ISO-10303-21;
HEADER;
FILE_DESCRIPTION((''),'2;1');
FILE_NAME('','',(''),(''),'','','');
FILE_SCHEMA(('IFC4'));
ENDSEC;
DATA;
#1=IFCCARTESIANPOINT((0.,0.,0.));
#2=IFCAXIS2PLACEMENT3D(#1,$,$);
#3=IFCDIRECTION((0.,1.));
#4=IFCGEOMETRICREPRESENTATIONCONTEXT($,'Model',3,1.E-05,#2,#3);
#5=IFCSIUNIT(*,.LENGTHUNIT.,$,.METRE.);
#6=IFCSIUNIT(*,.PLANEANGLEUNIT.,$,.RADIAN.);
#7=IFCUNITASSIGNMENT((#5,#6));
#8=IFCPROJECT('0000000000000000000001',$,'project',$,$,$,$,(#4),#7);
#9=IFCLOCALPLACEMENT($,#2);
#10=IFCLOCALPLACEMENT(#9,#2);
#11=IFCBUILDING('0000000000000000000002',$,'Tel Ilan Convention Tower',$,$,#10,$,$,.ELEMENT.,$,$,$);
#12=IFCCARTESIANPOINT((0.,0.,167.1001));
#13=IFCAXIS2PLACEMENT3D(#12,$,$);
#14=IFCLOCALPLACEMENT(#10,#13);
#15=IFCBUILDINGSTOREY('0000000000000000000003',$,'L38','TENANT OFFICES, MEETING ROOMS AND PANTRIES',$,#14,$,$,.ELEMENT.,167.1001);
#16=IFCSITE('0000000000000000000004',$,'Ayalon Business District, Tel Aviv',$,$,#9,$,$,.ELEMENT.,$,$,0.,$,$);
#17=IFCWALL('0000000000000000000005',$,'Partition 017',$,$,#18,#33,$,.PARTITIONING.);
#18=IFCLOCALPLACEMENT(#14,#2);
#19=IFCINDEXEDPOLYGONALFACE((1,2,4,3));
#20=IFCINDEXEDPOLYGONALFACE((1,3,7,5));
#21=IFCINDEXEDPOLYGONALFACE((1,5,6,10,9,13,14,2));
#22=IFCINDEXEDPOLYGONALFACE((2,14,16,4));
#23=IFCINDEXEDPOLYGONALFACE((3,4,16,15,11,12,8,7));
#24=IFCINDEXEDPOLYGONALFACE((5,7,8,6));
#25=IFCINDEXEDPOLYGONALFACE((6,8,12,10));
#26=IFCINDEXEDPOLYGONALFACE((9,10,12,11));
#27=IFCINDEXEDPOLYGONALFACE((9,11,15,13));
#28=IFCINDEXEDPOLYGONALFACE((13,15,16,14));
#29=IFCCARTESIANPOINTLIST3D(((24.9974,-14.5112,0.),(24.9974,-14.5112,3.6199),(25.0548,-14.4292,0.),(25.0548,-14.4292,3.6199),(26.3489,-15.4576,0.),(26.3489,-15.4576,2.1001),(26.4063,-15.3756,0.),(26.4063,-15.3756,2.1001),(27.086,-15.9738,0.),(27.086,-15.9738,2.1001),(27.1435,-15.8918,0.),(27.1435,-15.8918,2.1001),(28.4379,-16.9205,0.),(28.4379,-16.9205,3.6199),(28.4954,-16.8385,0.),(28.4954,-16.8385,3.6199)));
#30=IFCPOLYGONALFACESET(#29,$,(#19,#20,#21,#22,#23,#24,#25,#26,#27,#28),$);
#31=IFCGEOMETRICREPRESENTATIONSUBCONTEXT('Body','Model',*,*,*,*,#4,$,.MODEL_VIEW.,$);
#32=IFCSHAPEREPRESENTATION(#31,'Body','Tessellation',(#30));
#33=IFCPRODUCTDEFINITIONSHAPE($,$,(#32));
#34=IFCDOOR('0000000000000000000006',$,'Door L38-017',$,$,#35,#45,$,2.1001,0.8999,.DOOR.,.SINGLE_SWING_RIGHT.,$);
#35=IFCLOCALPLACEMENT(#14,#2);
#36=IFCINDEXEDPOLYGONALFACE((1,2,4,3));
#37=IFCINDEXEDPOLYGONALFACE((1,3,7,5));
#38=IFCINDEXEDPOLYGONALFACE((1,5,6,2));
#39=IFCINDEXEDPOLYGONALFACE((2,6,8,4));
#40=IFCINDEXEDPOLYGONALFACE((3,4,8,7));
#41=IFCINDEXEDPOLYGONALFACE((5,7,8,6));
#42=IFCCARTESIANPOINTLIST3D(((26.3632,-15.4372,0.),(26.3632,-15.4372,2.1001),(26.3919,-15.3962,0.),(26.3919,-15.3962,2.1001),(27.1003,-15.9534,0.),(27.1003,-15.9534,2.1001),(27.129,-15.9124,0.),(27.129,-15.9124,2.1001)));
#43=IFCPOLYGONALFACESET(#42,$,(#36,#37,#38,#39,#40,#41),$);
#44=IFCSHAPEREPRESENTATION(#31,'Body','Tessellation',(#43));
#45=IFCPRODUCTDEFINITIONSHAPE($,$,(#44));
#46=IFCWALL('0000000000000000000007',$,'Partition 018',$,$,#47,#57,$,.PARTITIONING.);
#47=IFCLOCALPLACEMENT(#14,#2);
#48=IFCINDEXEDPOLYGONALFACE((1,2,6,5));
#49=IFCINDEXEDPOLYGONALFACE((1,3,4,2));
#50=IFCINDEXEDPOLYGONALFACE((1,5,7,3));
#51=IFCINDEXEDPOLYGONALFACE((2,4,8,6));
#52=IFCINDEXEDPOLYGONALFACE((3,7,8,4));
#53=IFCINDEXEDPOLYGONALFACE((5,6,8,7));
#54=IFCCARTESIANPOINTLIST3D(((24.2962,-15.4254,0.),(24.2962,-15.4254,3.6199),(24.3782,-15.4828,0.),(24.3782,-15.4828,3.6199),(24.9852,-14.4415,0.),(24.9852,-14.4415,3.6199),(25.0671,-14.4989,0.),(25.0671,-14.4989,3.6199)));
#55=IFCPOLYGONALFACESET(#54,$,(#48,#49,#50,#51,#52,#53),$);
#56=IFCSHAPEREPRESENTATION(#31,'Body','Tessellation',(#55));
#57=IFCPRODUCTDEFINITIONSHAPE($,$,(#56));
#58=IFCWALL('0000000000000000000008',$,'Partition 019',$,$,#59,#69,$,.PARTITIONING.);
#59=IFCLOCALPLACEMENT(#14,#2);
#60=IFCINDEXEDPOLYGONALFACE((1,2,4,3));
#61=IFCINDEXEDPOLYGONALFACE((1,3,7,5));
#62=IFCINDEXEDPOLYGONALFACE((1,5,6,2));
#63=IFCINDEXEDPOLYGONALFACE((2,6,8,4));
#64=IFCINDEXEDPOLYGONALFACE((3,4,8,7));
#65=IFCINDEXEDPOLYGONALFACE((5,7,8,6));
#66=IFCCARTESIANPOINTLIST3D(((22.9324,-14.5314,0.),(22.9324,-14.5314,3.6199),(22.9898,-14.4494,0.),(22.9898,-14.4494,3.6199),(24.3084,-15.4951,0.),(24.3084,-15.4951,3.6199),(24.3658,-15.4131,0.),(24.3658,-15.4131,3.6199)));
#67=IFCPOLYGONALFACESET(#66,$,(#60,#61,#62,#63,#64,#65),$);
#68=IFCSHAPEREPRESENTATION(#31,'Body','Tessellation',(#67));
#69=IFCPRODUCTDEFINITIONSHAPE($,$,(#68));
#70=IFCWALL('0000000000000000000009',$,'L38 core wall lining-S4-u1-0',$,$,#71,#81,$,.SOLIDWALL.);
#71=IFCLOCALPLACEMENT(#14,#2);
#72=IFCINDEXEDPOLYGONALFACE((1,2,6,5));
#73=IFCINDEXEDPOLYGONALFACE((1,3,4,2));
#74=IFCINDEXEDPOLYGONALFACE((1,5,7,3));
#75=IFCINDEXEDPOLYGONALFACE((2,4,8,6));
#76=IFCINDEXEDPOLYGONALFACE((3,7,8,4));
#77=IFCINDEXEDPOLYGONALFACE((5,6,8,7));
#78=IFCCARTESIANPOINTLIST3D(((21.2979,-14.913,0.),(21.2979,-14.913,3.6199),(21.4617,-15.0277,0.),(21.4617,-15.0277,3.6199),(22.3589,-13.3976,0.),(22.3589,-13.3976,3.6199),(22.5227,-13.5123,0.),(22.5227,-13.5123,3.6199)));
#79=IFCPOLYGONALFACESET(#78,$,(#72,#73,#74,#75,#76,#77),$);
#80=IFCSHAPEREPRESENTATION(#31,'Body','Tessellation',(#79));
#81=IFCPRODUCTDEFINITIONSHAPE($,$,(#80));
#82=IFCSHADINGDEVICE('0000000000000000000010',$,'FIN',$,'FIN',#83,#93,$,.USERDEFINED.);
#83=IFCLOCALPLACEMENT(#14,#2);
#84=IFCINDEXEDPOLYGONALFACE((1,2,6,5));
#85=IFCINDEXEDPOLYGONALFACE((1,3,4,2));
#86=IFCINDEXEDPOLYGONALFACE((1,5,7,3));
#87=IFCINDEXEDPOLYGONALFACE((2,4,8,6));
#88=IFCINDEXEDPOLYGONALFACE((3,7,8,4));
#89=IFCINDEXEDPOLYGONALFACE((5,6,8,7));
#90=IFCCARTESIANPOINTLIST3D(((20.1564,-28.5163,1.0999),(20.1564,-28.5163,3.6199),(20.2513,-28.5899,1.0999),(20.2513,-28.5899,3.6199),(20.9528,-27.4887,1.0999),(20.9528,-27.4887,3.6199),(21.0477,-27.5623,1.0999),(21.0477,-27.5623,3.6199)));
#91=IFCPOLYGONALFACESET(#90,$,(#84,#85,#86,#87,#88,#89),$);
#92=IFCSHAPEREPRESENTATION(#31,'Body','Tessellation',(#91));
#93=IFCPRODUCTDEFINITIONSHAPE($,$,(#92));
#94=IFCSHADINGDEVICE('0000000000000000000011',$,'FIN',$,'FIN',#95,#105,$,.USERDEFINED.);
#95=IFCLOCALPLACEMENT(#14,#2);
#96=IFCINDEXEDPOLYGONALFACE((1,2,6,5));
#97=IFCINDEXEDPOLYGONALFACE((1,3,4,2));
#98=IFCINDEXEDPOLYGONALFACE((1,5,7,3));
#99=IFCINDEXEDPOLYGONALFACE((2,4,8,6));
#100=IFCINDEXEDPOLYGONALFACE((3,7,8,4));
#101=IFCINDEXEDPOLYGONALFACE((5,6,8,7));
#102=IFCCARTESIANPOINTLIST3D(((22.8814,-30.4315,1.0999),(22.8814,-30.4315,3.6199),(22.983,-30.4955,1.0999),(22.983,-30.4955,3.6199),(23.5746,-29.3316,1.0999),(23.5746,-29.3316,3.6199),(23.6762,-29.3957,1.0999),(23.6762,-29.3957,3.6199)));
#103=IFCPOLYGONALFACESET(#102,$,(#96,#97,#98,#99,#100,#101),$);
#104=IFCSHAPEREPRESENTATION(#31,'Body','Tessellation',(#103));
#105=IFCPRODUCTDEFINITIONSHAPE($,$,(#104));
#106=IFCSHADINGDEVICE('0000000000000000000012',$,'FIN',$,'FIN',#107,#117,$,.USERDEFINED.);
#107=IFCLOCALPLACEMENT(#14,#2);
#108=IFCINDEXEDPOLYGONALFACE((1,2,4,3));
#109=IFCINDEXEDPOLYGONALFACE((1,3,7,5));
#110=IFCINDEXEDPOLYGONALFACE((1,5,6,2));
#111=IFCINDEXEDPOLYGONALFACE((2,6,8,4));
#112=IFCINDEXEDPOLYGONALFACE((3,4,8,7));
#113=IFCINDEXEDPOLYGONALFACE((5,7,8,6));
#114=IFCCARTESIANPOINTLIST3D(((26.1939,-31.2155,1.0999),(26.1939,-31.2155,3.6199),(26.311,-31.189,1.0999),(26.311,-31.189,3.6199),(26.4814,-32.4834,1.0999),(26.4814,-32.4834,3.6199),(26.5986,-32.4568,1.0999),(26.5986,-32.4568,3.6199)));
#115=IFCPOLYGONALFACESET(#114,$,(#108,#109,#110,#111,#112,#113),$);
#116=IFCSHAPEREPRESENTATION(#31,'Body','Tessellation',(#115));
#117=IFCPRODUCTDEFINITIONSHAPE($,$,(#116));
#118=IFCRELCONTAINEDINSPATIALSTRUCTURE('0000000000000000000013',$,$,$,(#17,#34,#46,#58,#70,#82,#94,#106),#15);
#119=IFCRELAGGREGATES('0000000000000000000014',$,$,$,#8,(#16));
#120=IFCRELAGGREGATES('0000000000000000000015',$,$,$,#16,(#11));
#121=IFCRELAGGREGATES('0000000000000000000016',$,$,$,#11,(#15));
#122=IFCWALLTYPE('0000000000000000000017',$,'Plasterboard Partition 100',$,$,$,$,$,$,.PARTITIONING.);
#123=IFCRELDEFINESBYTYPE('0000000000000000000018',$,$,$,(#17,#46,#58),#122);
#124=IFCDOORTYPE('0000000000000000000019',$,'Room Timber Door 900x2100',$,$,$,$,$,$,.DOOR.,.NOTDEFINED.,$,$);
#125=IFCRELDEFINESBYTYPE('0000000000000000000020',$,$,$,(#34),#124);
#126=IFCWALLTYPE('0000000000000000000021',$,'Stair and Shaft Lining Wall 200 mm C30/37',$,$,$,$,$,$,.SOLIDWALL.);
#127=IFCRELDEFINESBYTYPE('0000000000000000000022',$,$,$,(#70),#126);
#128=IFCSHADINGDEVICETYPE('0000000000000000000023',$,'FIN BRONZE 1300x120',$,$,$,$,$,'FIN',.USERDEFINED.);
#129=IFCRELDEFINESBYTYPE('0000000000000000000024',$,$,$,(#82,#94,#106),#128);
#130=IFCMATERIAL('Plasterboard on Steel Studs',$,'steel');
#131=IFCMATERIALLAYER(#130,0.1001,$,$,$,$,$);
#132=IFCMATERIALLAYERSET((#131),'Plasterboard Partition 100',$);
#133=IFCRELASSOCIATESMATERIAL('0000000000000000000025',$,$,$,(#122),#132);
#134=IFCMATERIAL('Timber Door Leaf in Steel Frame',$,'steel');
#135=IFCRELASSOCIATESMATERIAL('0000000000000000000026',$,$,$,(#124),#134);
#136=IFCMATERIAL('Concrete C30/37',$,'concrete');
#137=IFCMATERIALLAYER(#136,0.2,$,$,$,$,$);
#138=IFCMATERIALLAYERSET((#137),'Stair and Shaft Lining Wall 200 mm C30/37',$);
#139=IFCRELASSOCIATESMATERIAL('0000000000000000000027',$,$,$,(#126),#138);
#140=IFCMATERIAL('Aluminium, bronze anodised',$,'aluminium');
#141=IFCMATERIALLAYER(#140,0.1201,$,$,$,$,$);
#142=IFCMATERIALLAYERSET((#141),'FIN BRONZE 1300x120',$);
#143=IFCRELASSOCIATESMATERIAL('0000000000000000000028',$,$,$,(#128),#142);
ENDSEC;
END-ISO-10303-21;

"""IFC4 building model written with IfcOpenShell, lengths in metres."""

from ifc_helpers import new_model, si_unit, direction, frame, frame_2d, origin, origin_2d, place, context, subcontext, project, spatial, rectangle, extrude, material, layer, layer_set, type_object, element, fill, save


model = new_model("IFC4")

# Units and contexts
model_context = context("Model", 3, precision=1e-05, world=origin(), true_north=direction((0.0, 1.0)))
body_context = subcontext(model_context, "Body", "Model", "MODEL_VIEW")
ifc_project = project(units=[si_unit("LENGTHUNIT", "METRE"), si_unit("PLANEANGLEUNIT", "RADIAN")], contexts=[model_context])

# Site, building, storey
site_placement = place(None, origin())
site = spatial("IfcSite", under=ifc_project, at=site_placement, Name="Ayalon Business District, Tel Aviv", CompositionType="ELEMENT", RefElevation=0.0)
building_placement = place(site_placement, origin())
building = spatial("IfcBuilding", under=site, at=building_placement, Name="Tel Ilan Convention Tower", CompositionType="ELEMENT")
storey_placement = place(building_placement, frame((0.0, 0.0, 167.1001)))
storey = spatial("IfcBuildingStorey", under=building, at=storey_placement, Name="L38", Description="TENANT OFFICES, MEETING ROOMS AND PANTRIES", CompositionType="ELEMENT", Elevation=167.1001)

# Wall, opening, door
ifc_material_1 = material(Name="Plasterboard on Steel Studs", Category="steel")
ifc_layer_1 = layer(ifc_material_1, 0.1001)
ifc_layer_set_1 = layer_set([ifc_layer_1], Name="Plasterboard Partition 100")
wall_type_1 = type_object("IfcWallType", Name="Plasterboard Partition 100", PredefinedType="PARTITIONING", material=ifc_layer_set_1)
wall_1_placement = place(storey_placement, frame((25.0261, -14.4702, 0.0), z_axis=(0.0, 0.0, 1.0), x_axis=(0.819134, -0.573603, 0.0)))
wall_1 = element("IfcWall", 1, at=wall_1_placement, inside=storey, type_object=wall_type_1, Name="Partition 017", PredefinedType="PARTITIONING", context=body_context, shape_type="SweptSolid", body=[
    extrude(rectangle(XDim=4.2002, YDim=0.1001, at=frame_2d((2.1001, 0.0))), origin(), (0.0, 0.0, 1.0), 3.6199),
])
opening_1_placement = place(wall_1_placement, frame((1.6499, 0.0, 0.0)))
opening_1 = element("IfcOpeningElement", 2, at=opening_1_placement, cuts=wall_1, PredefinedType="OPENING", context=body_context, shape_type="SweptSolid", body=[
    extrude(rectangle(XDim=0.8999, YDim=2.1001, at=frame_2d((0.45, 1.05))), frame((0.0, 0.0601, 0.0), z_axis=(0.0, -1.0, 0.0), x_axis=(1.0, 0.0, 0.0)), (0.0, 0.0, 1.0), 0.1201),
])
ifc_material_2 = material(Name="Timber Door Leaf in Steel Frame", Category="steel")
door_type_1 = type_object("IfcDoorType", Name="Room Timber Door 900x2100", OperationType="NOTDEFINED", PredefinedType="DOOR", material=ifc_material_2)
door_1_placement = place(opening_1_placement, origin())
door_1 = element("IfcDoor", 3, at=door_1_placement, inside=storey, type_object=door_type_1, Name="Door L38-017", OperationType="SINGLE_SWING_RIGHT", OverallHeight=2.1001, OverallWidth=0.8999, PredefinedType="DOOR", context=body_context, shape_type="SweptSolid", body=[
    extrude(rectangle(XDim=0.8999, YDim=2.1001, at=frame_2d((0.45, 1.05))), frame((0.0, 0.0249, 0.0), z_axis=(0.0, -1.0, 0.0), x_axis=(1.0, 0.0, 0.0)), (0.0, 0.0, 1.0), 0.05),
])
fill(opening_1, door_1)

# Walls
wall_2_placement = place(storey_placement, frame((24.3372, -15.4541, 0.0), z_axis=(0.0, 0.0, 1.0), x_axis=(0.573599, 0.819136, 0.0)))
element("IfcWall", 4, at=wall_2_placement, inside=storey, type_object=wall_type_1, Name="Partition 018", PredefinedType="PARTITIONING", context=body_context, shape_type="SweptSolid", body=[
    extrude(rectangle(XDim=1.2012, YDim=0.1001, at=frame_2d((0.6006, 0.0))), origin(), (0.0, 0.0, 1.0), 3.6199),
])
wall_3_placement = place(storey_placement, frame((22.9612, -14.4905, 0.0), z_axis=(0.0, 0.0, 1.0), x_axis=(0.819109, -0.573638, 0.0)))
element("IfcWall", 5, at=wall_3_placement, inside=storey, type_object=wall_type_1, Name="Partition 019", PredefinedType="PARTITIONING", context=body_context, shape_type="SweptSolid", body=[
    extrude(rectangle(XDim=1.6799, YDim=0.1001, at=frame_2d((0.8398, 0.0))), origin(), (0.0, 0.0, 1.0), 3.6199),
])
ifc_material_3 = material(Name="Concrete C30/37", Category="concrete")
ifc_layer_2 = layer(ifc_material_3, 0.2)
ifc_layer_set_2 = layer_set([ifc_layer_2], Name="Stair and Shaft Lining Wall 200 mm C30/37")
wall_type_2 = type_object("IfcWallType", Name="Stair and Shaft Lining Wall 200 mm C30/37", PredefinedType="SOLIDWALL", material=ifc_layer_set_2)
wall_4_placement = place(storey_placement, frame((21.3799, -14.9702, 0.0), z_axis=(0.0, 0.0, 1.0), x_axis=(0.57356, 0.819164, 0.0)))
element("IfcWall", 6, at=wall_4_placement, inside=storey, type_object=wall_type_2, Name="L38 core wall lining-S4-u1-0", PredefinedType="SOLIDWALL", context=body_context, shape_type="SweptSolid", body=[
    extrude(rectangle(XDim=1.8499, YDim=0.2, at=frame_2d((0.9248, 0.0))), origin(), (0.0, 0.0, 1.0), 3.6199),
])

# Shading devices
ifc_material_4 = material(Name="Aluminium, bronze anodised", Category="aluminium")
ifc_layer_3 = layer(ifc_material_4, 0.1201)
ifc_layer_set_3 = layer_set([ifc_layer_3], Name="FIN BRONZE 1300x120")
shading_device_type = type_object("IfcShadingDeviceType", Name="FIN BRONZE 1300x120", ElementType="FIN", PredefinedType="USERDEFINED", material=ifc_layer_set_3)
for number, where, z_axis, x_axis, name in (
    (7, (20.6021, -28.0393, 1.0999), (0.0, 0.0, 1.0), (-0.612601, -0.790393, 0.0), "FIN"),
    (8, (23.2788, -29.9136, 1.0999), (0.0, 0.0, 1.0), (-0.533204, -0.845986, 0.0), "FIN"),
    (9, (26.3962, -31.8362, 1.0999), (0.0, 0.0, 1.0), (0.22117, -0.975235, 0.0), "FIN"),
):
    element("IfcShadingDevice", number, at=place(storey_placement, frame(where, z_axis=z_axis, x_axis=x_axis)), inside=storey, type_object=shading_device_type, Name=name, ObjectType="FIN", PredefinedType="USERDEFINED", context=body_context, shape_type="SweptSolid", body=[
        extrude(rectangle(XDim=1.3, YDim=0.1201, at=origin_2d()), origin(), (0.0, 0.0, 1.0), 2.52),
    ])

save(model, "model.ifc")
